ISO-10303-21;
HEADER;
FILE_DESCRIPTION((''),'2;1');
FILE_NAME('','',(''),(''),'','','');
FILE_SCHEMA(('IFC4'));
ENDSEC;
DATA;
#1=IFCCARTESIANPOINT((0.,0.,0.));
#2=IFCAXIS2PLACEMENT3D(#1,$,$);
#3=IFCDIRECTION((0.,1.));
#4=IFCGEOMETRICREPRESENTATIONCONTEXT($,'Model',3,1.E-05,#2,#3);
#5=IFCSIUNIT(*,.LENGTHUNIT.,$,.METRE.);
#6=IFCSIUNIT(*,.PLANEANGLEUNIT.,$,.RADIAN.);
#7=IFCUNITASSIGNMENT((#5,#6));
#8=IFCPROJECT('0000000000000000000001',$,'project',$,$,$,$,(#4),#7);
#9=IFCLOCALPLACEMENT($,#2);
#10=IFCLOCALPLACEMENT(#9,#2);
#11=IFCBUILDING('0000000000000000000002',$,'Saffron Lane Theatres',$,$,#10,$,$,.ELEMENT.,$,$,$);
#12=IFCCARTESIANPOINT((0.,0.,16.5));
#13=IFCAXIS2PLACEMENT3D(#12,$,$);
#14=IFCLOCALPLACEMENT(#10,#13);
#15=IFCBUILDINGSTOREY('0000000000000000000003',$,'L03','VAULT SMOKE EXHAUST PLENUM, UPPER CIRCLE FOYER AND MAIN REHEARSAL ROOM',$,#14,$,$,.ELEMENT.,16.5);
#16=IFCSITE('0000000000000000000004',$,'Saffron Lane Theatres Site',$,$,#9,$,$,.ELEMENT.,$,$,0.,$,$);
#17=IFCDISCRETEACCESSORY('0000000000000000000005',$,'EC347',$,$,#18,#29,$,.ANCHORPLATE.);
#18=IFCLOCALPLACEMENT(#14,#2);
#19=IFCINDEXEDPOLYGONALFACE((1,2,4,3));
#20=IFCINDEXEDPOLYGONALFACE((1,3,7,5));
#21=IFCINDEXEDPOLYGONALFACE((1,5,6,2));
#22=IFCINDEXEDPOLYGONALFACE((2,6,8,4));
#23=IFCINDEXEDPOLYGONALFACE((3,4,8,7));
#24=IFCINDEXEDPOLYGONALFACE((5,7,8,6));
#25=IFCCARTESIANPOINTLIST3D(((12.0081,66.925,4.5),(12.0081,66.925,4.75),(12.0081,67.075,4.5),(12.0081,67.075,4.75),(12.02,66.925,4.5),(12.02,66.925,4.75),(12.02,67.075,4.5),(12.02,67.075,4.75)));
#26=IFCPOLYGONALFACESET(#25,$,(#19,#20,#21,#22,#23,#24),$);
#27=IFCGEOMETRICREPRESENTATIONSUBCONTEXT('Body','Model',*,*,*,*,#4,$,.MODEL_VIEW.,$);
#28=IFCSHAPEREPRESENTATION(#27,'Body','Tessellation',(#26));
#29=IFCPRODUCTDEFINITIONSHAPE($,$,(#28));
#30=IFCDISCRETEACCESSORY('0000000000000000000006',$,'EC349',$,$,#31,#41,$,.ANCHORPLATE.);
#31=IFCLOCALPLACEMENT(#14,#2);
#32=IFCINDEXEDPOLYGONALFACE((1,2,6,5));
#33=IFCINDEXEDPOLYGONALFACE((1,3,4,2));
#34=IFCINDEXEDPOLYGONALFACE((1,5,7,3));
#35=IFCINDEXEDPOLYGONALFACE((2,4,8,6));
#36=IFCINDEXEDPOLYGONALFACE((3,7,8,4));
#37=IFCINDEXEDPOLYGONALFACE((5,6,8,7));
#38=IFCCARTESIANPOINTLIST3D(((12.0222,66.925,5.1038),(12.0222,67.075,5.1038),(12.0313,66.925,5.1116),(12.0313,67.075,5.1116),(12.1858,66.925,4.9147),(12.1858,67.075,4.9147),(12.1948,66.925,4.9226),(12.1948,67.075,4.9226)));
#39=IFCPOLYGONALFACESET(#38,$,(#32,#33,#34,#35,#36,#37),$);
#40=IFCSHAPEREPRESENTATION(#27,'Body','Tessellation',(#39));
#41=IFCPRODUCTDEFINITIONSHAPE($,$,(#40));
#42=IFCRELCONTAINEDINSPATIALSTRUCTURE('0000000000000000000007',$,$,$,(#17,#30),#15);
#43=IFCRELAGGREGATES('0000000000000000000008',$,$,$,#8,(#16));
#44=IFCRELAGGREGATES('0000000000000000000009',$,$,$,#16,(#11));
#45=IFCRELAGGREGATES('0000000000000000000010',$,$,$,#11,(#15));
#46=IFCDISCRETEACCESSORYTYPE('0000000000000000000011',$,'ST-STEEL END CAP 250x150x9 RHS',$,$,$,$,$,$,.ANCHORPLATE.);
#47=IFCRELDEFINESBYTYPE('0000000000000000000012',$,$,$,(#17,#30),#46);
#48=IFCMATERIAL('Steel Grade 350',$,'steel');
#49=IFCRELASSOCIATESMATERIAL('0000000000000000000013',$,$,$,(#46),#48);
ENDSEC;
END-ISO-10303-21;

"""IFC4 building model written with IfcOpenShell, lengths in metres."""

from ifc_helpers import new_model, si_unit, direction, frame, origin, origin_2d, place, context, subcontext, project, spatial, rectangle, extrude, material, material_profile, profile_set, type_object, element, save


model = new_model("IFC4")

# Units and contexts
model_context = context("Model", 3, precision=1e-05, world=origin(), true_north=direction((0.0, 1.0)))
body_context = subcontext(model_context, "Body", "Model", "MODEL_VIEW")
ifc_project = project(units=[si_unit("LENGTHUNIT", "METRE"), si_unit("PLANEANGLEUNIT", "RADIAN")], contexts=[model_context])

# Site, building, storey
site_placement = place(None, origin())
site = spatial("IfcSite", under=ifc_project, at=site_placement, Name="Saffron Lane Theatres Site", CompositionType="ELEMENT", RefElevation=0.0)
building_placement = place(site_placement, origin())
building = spatial("IfcBuilding", under=site, at=building_placement, Name="Saffron Lane Theatres", CompositionType="ELEMENT")
storey_placement = place(building_placement, frame((0.0, 0.0, 16.5)))
storey = spatial("IfcBuildingStorey", under=building, at=storey_placement, Name="L03", Description="VAULT SMOKE EXHAUST PLENUM, UPPER CIRCLE FOYER AND MAIN REHEARSAL ROOM", CompositionType="ELEMENT", Elevation=16.5)

# Discrete accessories
ifc_material_1 = material(Name="Steel Grade 350", Category="steel")
ifc_material_profile_1 = material_profile(ifc_material_1, rectangle(XDim=0.1499, YDim=0.25, at=origin_2d()))
ifc_profile_set_1 = profile_set([ifc_material_profile_1], Name="Steel Grade 350")
discrete_accessory_type_1 = type_object("IfcDiscreteAccessoryType", Name="ST-STEEL END CAP 250x150x9 RHS", PredefinedType="ANCHORPLATE", material=ifc_profile_set_1)
for number, where, z_axis, x_axis, name in (
    (1, (12.0081, 67.0, 4.625), (1.0, 0.0, 0.0), (0.0, 1.0, 0.0), "EC347"),
    (2, (12.104, 67.0, 5.0093), (0.756363, 0.0, 0.654152), (0.0, 1.0, 0.0), "EC349"),
):
    element("IfcDiscreteAccessory", number, at=place(storey_placement, frame(where, z_axis=z_axis, x_axis=x_axis)), inside=storey, type_object=discrete_accessory_type_1, Name=name, PredefinedType="ANCHORPLATE", context=body_context, shape_type="SweptSolid", body=[
        extrude(rectangle(XDim=0.1499, YDim=0.25, at=origin_2d()), origin(), (0.0, 0.0, 1.0), 0.012),
    ])

save(model, "model.ifc")
